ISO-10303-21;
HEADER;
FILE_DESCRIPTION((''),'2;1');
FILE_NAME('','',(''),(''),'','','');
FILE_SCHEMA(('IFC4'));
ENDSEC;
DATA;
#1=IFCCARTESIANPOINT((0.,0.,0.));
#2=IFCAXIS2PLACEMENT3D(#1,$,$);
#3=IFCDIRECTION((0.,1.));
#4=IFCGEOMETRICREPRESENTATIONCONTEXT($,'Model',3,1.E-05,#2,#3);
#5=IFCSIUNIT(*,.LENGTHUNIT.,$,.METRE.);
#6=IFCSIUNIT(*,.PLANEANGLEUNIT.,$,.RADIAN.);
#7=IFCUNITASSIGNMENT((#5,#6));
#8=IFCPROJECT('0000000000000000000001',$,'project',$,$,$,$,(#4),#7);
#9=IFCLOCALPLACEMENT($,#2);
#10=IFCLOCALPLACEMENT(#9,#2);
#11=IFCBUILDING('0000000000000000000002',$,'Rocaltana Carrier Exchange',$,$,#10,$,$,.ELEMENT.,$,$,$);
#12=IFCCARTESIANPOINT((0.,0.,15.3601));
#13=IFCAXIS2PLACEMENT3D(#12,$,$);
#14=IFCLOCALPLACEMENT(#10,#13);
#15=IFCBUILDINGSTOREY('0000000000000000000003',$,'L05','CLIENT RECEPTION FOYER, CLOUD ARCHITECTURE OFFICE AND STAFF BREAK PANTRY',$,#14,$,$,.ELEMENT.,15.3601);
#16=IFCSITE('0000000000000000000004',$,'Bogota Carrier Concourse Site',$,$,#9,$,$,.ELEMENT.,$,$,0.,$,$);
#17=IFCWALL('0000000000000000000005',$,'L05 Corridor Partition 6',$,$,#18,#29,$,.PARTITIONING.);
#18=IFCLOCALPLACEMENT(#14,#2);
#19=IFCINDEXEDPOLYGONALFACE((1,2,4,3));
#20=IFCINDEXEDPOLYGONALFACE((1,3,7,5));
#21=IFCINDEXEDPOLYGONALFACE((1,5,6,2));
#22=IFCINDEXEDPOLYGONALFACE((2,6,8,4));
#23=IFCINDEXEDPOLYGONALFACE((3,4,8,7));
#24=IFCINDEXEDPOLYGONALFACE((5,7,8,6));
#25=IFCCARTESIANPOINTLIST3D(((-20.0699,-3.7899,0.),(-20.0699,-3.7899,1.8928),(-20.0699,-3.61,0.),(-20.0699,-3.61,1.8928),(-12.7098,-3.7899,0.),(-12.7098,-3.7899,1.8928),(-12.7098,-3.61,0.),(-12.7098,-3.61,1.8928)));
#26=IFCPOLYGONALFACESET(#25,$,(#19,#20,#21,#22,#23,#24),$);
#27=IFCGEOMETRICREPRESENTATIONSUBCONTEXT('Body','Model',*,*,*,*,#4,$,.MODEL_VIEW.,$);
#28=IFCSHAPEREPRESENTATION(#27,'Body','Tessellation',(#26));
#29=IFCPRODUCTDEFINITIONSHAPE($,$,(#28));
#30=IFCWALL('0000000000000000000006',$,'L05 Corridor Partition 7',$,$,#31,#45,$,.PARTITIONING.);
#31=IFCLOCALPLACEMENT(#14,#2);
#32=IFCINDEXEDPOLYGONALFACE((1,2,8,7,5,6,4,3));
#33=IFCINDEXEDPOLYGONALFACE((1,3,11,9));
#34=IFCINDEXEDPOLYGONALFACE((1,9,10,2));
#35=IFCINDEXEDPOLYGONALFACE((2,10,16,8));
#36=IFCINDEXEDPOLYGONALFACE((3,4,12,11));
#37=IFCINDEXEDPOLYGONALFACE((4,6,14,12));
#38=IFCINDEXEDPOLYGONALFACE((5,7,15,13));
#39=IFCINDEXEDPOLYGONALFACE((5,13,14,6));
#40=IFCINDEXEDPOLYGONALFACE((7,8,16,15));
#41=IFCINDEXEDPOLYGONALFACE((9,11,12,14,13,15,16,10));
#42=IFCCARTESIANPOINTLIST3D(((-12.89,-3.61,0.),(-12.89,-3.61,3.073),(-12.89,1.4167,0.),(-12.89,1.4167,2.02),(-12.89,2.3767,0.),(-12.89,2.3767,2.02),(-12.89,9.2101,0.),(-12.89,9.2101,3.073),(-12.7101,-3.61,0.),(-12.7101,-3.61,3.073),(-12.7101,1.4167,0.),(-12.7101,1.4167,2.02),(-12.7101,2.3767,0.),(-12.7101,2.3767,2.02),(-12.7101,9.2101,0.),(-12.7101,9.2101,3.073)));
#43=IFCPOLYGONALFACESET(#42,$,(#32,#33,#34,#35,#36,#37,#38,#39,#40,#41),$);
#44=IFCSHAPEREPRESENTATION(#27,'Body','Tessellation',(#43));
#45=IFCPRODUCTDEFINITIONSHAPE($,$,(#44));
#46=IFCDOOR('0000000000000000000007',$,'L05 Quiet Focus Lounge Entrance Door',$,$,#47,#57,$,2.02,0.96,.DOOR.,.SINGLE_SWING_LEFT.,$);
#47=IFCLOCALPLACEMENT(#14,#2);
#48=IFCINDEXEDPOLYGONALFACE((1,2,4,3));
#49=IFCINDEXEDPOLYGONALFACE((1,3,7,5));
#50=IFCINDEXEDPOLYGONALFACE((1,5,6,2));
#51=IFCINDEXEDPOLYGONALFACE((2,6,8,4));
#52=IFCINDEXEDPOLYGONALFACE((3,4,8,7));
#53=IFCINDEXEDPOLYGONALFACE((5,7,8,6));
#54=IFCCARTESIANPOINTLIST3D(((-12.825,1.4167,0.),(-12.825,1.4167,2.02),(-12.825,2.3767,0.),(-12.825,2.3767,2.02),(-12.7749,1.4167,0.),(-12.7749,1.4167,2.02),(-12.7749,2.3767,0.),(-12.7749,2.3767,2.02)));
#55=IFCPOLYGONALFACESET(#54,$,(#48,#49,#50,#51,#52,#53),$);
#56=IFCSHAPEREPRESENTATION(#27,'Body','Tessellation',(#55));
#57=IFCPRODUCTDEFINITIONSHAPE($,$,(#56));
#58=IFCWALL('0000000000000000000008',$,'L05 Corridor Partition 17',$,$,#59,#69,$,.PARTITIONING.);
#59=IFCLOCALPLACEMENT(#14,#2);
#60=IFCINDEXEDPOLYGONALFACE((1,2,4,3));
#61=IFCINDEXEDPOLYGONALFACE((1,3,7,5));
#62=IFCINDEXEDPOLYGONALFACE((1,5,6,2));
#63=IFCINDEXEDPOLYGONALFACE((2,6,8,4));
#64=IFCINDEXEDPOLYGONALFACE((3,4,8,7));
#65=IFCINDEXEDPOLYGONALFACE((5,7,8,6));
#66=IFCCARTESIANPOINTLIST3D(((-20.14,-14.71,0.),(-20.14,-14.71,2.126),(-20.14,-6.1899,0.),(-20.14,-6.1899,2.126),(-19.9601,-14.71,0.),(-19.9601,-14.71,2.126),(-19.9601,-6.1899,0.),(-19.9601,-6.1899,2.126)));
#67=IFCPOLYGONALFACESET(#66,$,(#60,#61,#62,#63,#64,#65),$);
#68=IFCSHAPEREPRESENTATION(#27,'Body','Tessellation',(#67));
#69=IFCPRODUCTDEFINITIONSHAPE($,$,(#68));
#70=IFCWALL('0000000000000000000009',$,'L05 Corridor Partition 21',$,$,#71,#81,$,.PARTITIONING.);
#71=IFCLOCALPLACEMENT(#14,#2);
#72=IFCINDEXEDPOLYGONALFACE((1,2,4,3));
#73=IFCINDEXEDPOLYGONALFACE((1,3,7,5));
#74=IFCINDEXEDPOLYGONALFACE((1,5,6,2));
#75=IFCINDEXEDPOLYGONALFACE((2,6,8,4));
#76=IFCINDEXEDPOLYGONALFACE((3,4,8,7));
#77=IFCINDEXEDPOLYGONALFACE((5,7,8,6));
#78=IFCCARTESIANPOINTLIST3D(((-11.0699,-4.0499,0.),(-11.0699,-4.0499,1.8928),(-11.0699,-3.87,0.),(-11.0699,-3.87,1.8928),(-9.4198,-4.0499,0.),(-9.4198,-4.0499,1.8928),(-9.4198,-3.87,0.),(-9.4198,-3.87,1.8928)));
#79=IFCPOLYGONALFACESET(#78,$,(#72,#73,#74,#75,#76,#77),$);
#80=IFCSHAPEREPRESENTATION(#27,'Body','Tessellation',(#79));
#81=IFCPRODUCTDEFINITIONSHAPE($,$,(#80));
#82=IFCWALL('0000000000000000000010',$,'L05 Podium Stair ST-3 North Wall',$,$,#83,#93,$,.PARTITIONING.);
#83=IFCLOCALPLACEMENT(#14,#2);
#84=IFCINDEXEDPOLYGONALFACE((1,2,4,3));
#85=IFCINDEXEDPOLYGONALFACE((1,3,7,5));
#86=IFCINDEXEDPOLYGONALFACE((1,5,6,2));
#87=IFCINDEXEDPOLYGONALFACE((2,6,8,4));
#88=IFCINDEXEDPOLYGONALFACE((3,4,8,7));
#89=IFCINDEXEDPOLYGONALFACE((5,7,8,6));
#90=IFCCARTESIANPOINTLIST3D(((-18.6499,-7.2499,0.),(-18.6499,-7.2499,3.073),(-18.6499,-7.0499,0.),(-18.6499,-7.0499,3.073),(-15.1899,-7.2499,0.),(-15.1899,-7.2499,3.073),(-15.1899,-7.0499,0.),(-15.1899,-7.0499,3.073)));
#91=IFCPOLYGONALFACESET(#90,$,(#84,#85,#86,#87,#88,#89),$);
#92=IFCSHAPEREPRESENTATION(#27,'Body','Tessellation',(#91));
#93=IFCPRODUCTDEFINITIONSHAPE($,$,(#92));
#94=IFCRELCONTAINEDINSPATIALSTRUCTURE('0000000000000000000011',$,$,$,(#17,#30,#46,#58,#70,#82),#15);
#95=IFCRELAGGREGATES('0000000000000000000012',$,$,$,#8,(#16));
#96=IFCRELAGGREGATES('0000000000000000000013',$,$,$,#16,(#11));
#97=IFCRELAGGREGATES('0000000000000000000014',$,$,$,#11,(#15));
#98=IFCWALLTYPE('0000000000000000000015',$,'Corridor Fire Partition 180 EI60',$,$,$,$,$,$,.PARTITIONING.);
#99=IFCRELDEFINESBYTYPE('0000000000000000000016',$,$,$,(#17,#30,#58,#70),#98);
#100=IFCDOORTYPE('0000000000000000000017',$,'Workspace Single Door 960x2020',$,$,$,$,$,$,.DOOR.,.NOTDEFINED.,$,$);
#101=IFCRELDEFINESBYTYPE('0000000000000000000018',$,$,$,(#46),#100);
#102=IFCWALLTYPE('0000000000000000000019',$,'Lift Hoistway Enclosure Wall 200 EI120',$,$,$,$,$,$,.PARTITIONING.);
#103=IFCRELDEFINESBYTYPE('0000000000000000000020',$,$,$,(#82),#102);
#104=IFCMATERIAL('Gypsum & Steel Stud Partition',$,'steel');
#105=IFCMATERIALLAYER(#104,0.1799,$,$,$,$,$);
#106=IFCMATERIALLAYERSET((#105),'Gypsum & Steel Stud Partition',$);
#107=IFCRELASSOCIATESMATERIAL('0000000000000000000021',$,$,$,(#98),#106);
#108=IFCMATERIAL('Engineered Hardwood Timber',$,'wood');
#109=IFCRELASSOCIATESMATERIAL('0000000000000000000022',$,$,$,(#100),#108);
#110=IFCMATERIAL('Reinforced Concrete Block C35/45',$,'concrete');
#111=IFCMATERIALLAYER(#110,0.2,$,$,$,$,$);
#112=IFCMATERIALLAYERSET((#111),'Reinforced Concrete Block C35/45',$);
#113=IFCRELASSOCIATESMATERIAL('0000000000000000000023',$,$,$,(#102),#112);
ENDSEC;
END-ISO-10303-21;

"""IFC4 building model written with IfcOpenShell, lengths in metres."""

from ifc_helpers import new_model, si_unit, direction, frame, frame_2d, origin, place, context, subcontext, project, spatial, rectangle, extrude, material, layer, layer_set, type_object, element, fill, save


model = new_model("IFC4")

# Units and contexts
model_context = context("Model", 3, precision=1e-05, world=origin(), true_north=direction((0.0, 1.0)))
body_context = subcontext(model_context, "Body", "Model", "MODEL_VIEW")
ifc_project = project(units=[si_unit("LENGTHUNIT", "METRE"), si_unit("PLANEANGLEUNIT", "RADIAN")], contexts=[model_context])

# Site, building, storey
site_placement = place(None, origin())
site = spatial("IfcSite", under=ifc_project, at=site_placement, Name="Bogota Carrier Concourse Site", CompositionType="ELEMENT", RefElevation=0.0)
building_placement = place(site_placement, origin())
building = spatial("IfcBuilding", under=site, at=building_placement, Name="Rocaltana Carrier Exchange", CompositionType="ELEMENT")
storey_placement = place(building_placement, frame((0.0, 0.0, 15.3601)))
storey = spatial("IfcBuildingStorey", under=building, at=storey_placement, Name="L05", Description="CLIENT RECEPTION FOYER, CLOUD ARCHITECTURE OFFICE AND STAFF BREAK PANTRY", CompositionType="ELEMENT", Elevation=15.3601)

# Wall
ifc_material_1 = material(Name="Gypsum & Steel Stud Partition", Category="steel")
ifc_layer_1 = layer(ifc_material_1, 0.1799)
ifc_layer_set_1 = layer_set([ifc_layer_1], Name="Gypsum & Steel Stud Partition")
wall_type_1 = type_object("IfcWallType", Name="Corridor Fire Partition 180 EI60", PredefinedType="PARTITIONING", material=ifc_layer_set_1)
wall_1_placement = place(storey_placement, frame((-20.0701, -3.7, 0.0), z_axis=(0.0, 0.0, 1.0), x_axis=(1.0, 0.0, 0.0)))
element("IfcWall", 1, at=wall_1_placement, inside=storey, type_object=wall_type_1, Name="L05 Corridor Partition 6", PredefinedType="PARTITIONING", context=body_context, shape_type="SweptSolid", body=[
    extrude(rectangle(XDim=7.3601, YDim=0.1799, at=frame_2d((3.6802, 0.0))), origin(), (0.0, 0.0, 1.0), 1.8928),
])

# Wall, opening, door
wall_2_placement = place(storey_placement, frame((-12.8, -3.6101, 0.0), z_axis=(0.0, 0.0, 1.0), x_axis=(0.0, 1.0, 0.0)))
wall_2 = element("IfcWall", 2, at=wall_2_placement, inside=storey, type_object=wall_type_1, Name="L05 Corridor Partition 7", PredefinedType="PARTITIONING", context=body_context, shape_type="SweptSolid", body=[
    extrude(rectangle(XDim=12.8201, YDim=0.1799, at=frame_2d((6.4102, 0.0))), origin(), (0.0, 0.0, 1.0), 3.073),
])
opening_placement = place(wall_2_placement, frame((5.0269, 0.0, 0.0)))
opening = element("IfcOpeningElement", 3, at=opening_placement, cuts=wall_2, PredefinedType="OPENING", context=body_context, shape_type="SweptSolid", body=[
    extrude(rectangle(XDim=0.96, YDim=2.02, at=frame_2d((0.48, 1.01))), frame((0.0, 0.0999, 0.0), z_axis=(0.0, -1.0, 0.0), x_axis=(1.0, 0.0, 0.0)), (0.0, 0.0, 1.0), 0.2),
])
ifc_material_2 = material(Name="Engineered Hardwood Timber", Category="wood")
door_type = type_object("IfcDoorType", Name="Workspace Single Door 960x2020", OperationType="NOTDEFINED", PredefinedType="DOOR", material=ifc_material_2)
door_placement = place(opening_placement, origin())
door = element("IfcDoor", 4, at=door_placement, inside=storey, type_object=door_type, Name="L05 Quiet Focus Lounge Entrance Door", OperationType="SINGLE_SWING_LEFT", OverallHeight=2.02, OverallWidth=0.96, PredefinedType="DOOR", context=body_context, shape_type="SweptSolid", body=[
    extrude(rectangle(XDim=0.96, YDim=2.02, at=frame_2d((0.48, 1.01))), frame((0.0, 0.0249, 0.0), z_axis=(0.0, -1.0, 0.0), x_axis=(1.0, 0.0, 0.0)), (0.0, 0.0, 1.0), 0.05),
])
fill(opening, door)

# Walls
wall_3_placement = place(storey_placement, frame((-20.05, -6.1899, 0.0), z_axis=(0.0, 0.0, 1.0), x_axis=(0.0, -1.0, 0.0)))
element("IfcWall", 5, at=wall_3_placement, inside=storey, type_object=wall_type_1, Name="L05 Corridor Partition 17", PredefinedType="PARTITIONING", context=body_context, shape_type="SweptSolid", body=[
    extrude(rectangle(XDim=8.52, YDim=0.1799, at=frame_2d((4.26, 0.0))), origin(), (0.0, 0.0, 1.0), 2.126),
])
wall_4_placement = place(storey_placement, frame((-11.0701, -3.96, 0.0), z_axis=(0.0, 0.0, 1.0), x_axis=(1.0, 0.0, 0.0)))
element("IfcWall", 6, at=wall_4_placement, inside=storey, type_object=wall_type_1, Name="L05 Corridor Partition 21", PredefinedType="PARTITIONING", context=body_context, shape_type="SweptSolid", body=[
    extrude(rectangle(XDim=1.6501, YDim=0.1799, at=frame_2d((0.8252, 0.0))), origin(), (0.0, 0.0, 1.0), 1.8928),
])
ifc_material_3 = material(Name="Reinforced Concrete Block C35/45", Category="concrete")
ifc_layer_2 = layer(ifc_material_3, 0.2)
ifc_layer_set_2 = layer_set([ifc_layer_2], Name="Reinforced Concrete Block C35/45")
wall_type_2 = type_object("IfcWallType", Name="Lift Hoistway Enclosure Wall 200 EI120", PredefinedType="PARTITIONING", material=ifc_layer_set_2)
wall_5_placement = place(storey_placement, frame((-18.6499, -7.1499, 0.0), z_axis=(0.0, 0.0, 1.0), x_axis=(1.0, 0.0, 0.0)))
element("IfcWall", 7, at=wall_5_placement, inside=storey, type_object=wall_type_2, Name="L05 Podium Stair ST-3 North Wall", PredefinedType="PARTITIONING", context=body_context, shape_type="SweptSolid", body=[
    extrude(rectangle(XDim=3.46, YDim=0.2, at=frame_2d((1.73, 0.0))), origin(), (0.0, 0.0, 1.0), 3.073),
])

save(model, "model.ifc")
